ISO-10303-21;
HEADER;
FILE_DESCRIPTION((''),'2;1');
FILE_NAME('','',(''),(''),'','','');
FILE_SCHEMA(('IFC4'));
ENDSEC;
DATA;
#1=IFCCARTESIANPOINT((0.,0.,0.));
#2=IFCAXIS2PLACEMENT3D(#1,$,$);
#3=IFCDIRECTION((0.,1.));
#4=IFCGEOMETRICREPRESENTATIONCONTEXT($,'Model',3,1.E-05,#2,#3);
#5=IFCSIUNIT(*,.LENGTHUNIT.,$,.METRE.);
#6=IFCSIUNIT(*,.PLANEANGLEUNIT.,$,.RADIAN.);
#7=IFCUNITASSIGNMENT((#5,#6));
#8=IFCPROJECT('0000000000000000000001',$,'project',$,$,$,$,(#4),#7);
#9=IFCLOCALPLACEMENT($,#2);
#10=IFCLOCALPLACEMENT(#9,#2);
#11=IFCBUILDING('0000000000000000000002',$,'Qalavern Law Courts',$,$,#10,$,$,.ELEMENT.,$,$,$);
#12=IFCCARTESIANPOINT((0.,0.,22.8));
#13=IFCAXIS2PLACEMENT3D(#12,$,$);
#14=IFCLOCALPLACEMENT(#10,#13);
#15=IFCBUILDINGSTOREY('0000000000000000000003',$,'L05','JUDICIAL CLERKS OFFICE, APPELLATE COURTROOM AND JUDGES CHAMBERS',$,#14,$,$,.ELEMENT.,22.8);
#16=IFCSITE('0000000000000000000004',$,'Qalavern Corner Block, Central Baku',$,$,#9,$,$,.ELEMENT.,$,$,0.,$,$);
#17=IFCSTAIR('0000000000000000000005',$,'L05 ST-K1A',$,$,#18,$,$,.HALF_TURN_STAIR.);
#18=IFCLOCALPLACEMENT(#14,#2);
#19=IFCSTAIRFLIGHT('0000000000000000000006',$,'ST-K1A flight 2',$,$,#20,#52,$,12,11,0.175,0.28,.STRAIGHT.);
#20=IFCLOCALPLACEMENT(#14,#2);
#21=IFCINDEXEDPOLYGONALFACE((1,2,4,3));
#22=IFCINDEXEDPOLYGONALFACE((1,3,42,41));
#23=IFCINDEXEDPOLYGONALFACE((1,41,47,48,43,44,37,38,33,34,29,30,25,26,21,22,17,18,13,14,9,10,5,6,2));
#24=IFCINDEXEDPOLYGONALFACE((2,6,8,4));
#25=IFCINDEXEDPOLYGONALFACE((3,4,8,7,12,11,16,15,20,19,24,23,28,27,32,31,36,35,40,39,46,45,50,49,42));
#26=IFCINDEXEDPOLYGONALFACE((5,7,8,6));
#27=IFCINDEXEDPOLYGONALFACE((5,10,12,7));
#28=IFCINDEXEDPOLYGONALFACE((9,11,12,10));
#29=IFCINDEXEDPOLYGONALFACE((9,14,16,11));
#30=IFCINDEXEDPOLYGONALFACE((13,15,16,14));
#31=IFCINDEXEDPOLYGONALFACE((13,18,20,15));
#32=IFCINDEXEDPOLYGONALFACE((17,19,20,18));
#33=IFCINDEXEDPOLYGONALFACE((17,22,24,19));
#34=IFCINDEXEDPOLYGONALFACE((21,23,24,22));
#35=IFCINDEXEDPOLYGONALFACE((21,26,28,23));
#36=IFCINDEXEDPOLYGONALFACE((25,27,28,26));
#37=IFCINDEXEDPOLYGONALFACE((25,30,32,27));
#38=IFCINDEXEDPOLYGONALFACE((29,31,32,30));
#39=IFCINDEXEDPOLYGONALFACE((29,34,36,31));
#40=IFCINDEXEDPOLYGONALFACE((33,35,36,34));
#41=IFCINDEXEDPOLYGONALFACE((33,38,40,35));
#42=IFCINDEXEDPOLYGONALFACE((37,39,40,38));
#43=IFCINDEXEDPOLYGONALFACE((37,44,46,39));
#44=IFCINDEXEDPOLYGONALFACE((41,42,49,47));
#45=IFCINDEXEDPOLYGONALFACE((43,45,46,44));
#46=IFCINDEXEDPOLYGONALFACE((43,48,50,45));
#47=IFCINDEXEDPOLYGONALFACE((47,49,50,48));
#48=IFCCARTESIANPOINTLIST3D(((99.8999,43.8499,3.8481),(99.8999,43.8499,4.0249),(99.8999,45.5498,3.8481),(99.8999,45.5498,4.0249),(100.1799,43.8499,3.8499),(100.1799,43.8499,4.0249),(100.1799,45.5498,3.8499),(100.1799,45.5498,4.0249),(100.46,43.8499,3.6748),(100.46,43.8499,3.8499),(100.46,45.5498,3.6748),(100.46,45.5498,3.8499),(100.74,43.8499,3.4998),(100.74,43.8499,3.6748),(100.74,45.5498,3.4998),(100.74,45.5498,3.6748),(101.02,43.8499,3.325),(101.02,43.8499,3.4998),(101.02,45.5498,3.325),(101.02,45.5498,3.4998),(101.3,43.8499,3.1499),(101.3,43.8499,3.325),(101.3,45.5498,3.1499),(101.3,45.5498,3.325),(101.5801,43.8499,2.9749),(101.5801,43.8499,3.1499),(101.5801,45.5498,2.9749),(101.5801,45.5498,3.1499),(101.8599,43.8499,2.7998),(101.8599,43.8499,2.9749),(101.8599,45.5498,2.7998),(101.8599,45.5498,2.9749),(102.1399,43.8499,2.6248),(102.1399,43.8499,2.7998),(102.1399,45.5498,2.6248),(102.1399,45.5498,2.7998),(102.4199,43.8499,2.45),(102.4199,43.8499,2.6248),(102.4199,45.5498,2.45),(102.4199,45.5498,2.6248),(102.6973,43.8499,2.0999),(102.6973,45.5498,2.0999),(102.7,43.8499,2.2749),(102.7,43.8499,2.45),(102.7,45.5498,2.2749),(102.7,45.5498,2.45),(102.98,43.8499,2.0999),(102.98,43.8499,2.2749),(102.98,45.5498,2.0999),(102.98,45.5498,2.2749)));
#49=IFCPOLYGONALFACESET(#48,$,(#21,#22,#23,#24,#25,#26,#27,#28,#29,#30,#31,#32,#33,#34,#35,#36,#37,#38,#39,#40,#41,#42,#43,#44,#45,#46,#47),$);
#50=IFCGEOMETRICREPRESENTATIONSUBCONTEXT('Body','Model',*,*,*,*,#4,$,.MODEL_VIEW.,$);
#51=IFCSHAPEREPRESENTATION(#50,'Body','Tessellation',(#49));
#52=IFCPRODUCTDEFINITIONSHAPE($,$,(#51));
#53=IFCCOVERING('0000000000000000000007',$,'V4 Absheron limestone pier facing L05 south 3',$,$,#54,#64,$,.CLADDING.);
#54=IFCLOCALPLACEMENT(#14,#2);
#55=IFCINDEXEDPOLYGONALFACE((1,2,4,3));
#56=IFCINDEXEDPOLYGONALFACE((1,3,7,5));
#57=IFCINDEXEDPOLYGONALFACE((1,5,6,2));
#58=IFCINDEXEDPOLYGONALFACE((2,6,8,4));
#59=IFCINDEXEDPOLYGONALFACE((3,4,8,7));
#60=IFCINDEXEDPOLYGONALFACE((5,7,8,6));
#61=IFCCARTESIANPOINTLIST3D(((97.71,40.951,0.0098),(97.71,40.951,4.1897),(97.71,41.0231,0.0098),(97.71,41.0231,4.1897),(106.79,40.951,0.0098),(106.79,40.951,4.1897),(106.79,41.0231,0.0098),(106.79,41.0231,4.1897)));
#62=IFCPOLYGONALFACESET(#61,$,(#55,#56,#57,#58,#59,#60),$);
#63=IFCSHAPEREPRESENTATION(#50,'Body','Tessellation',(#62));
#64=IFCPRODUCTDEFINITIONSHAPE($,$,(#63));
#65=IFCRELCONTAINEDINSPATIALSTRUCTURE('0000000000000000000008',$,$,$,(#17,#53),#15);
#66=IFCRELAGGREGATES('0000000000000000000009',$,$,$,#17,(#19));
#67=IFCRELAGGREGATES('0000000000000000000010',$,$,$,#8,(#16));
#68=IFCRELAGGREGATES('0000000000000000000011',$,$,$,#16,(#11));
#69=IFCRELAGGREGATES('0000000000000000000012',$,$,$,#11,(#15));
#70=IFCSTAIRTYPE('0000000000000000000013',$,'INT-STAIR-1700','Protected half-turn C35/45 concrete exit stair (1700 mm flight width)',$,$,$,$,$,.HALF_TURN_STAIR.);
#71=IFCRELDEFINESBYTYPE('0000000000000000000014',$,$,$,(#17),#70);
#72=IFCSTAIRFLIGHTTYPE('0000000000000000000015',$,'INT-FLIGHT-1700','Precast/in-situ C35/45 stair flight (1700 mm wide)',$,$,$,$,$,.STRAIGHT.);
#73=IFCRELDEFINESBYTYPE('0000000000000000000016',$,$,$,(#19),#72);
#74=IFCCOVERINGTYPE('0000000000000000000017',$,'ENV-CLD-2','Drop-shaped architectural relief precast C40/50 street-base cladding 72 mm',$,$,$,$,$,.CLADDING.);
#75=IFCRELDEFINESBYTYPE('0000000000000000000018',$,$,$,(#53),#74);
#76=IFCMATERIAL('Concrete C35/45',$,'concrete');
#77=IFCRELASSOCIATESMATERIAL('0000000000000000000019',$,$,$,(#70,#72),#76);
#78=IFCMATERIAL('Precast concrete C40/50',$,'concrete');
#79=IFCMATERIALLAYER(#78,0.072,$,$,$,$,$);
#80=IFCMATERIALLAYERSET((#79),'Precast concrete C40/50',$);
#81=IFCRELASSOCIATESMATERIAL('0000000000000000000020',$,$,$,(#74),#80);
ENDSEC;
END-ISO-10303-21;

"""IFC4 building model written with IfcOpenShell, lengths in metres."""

from ifc_helpers import new_model, si_unit, direction, frame, origin, origin_2d, place, context, subcontext, project, spatial, polyline, rectangle, outline, extrude, material, layer, layer_set, type_object, element, aggregate, save


model = new_model("IFC4")

# Units and contexts
model_context = context("Model", 3, precision=1e-05, world=origin(), true_north=direction((0.0, 1.0)))
body_context = subcontext(model_context, "Body", "Model", "MODEL_VIEW")
ifc_project = project(units=[si_unit("LENGTHUNIT", "METRE"), si_unit("PLANEANGLEUNIT", "RADIAN")], contexts=[model_context])

# Site, building, storey
site_placement = place(None, origin())
site = spatial("IfcSite", under=ifc_project, at=site_placement, Name="Qalavern Corner Block, Central Baku", CompositionType="ELEMENT", RefElevation=0.0)
building_placement = place(site_placement, origin())
building = spatial("IfcBuilding", under=site, at=building_placement, Name="Qalavern Law Courts", CompositionType="ELEMENT")
storey_placement = place(building_placement, frame((0.0, 0.0, 22.8)))
storey = spatial("IfcBuildingStorey", under=building, at=storey_placement, Name="L05", Description="JUDICIAL CLERKS OFFICE, APPELLATE COURTROOM AND JUDGES CHAMBERS", CompositionType="ELEMENT", Elevation=22.8)

# Stair, stair flight
ifc_material_1 = material(Name="Concrete C35/45", Category="concrete")
stair_type = type_object("IfcStairType", Name="INT-STAIR-1700", Description="Protected half-turn C35/45 concrete exit stair (1700 mm flight width)", PredefinedType="HALF_TURN_STAIR", material=ifc_material_1)
stair_placement = place(storey_placement, origin())
stair = element("IfcStair", 1, at=stair_placement, inside=storey, type_object=stair_type, Name="L05 ST-K1A", PredefinedType="HALF_TURN_STAIR")
stair_flight_type = type_object("IfcStairFlightType", Name="INT-FLIGHT-1700", Description="Precast/in-situ C35/45 stair flight (1700 mm wide)", PredefinedType="STRAIGHT", material=ifc_material_1)
stair_flight_1_placement = place(storey_placement, frame((102.98, 44.7, 2.0999), z_axis=(0.0, 0.0, 1.0), x_axis=(-1.0, 0.0, 0.0)))
stair_flight_1 = element("IfcStairFlight", 2, at=stair_flight_1_placement, type_object=stair_flight_type, Name="ST-K1A flight 2", NumberOfRisers=12, NumberOfTreads=11, PredefinedType="STRAIGHT", RiserHeight=0.175, TreadLength=0.28, context=body_context, shape_type="SweptSolid", body=[
    extrude(outline(polyline([(0.0, 0.0), (0.0, 0.175), (0.28, 0.175), (0.28, 0.3501), (0.5601, 0.3501), (0.5601, 0.5249), (0.8401, 0.5249), (0.8401, 0.7), (1.1201, 0.7), (1.1201, 0.875), (1.3999, 0.875), (1.3999, 1.05), (1.6799, 1.05), (1.6799, 1.2251), (1.96, 1.2251), (1.96, 1.3999), (2.24, 1.3999), (2.24, 1.575), (2.52, 1.575), (2.52, 1.75), (2.8, 1.75), (2.8, 1.925), (3.0801, 1.925), (3.0801, 2.1001), (3.0801, 1.7483), (0.2827, 0.0), (0.0, 0.0)])), frame((0.0, 0.8501, 0.0), z_axis=(0.0, -1.0, 0.0), x_axis=(1.0, 0.0, 0.0)), (0.0, 0.0, 1.0), 1.7),
])
aggregate(stair, [stair_flight_1])

# Covering
ifc_material_2 = material(Name="Precast concrete C40/50", Category="concrete")
ifc_layer_1 = layer(ifc_material_2, 0.072)
ifc_layer_set_1 = layer_set([ifc_layer_1], Name="Precast concrete C40/50")
covering_type = type_object("IfcCoveringType", Name="ENV-CLD-2", Description="Drop-shaped architectural relief precast C40/50 street-base cladding 72 mm", PredefinedType="CLADDING", material=ifc_layer_set_1)
covering_placement = place(storey_placement, frame((102.25, 40.9871, 0.0098), z_axis=(0.0, 0.0, 1.0), x_axis=(1.0, 0.0, 0.0)))
element("IfcCovering", 3, at=covering_placement, inside=storey, type_object=covering_type, Name="V4 Absheron limestone pier facing L05 south 3", PredefinedType="CLADDING", context=body_context, shape_type="SweptSolid", body=[
    extrude(rectangle(XDim=9.0801, YDim=0.072, at=origin_2d()), origin(), (0.0, 0.0, 1.0), 4.1799),
])

save(model, "model.ifc")
